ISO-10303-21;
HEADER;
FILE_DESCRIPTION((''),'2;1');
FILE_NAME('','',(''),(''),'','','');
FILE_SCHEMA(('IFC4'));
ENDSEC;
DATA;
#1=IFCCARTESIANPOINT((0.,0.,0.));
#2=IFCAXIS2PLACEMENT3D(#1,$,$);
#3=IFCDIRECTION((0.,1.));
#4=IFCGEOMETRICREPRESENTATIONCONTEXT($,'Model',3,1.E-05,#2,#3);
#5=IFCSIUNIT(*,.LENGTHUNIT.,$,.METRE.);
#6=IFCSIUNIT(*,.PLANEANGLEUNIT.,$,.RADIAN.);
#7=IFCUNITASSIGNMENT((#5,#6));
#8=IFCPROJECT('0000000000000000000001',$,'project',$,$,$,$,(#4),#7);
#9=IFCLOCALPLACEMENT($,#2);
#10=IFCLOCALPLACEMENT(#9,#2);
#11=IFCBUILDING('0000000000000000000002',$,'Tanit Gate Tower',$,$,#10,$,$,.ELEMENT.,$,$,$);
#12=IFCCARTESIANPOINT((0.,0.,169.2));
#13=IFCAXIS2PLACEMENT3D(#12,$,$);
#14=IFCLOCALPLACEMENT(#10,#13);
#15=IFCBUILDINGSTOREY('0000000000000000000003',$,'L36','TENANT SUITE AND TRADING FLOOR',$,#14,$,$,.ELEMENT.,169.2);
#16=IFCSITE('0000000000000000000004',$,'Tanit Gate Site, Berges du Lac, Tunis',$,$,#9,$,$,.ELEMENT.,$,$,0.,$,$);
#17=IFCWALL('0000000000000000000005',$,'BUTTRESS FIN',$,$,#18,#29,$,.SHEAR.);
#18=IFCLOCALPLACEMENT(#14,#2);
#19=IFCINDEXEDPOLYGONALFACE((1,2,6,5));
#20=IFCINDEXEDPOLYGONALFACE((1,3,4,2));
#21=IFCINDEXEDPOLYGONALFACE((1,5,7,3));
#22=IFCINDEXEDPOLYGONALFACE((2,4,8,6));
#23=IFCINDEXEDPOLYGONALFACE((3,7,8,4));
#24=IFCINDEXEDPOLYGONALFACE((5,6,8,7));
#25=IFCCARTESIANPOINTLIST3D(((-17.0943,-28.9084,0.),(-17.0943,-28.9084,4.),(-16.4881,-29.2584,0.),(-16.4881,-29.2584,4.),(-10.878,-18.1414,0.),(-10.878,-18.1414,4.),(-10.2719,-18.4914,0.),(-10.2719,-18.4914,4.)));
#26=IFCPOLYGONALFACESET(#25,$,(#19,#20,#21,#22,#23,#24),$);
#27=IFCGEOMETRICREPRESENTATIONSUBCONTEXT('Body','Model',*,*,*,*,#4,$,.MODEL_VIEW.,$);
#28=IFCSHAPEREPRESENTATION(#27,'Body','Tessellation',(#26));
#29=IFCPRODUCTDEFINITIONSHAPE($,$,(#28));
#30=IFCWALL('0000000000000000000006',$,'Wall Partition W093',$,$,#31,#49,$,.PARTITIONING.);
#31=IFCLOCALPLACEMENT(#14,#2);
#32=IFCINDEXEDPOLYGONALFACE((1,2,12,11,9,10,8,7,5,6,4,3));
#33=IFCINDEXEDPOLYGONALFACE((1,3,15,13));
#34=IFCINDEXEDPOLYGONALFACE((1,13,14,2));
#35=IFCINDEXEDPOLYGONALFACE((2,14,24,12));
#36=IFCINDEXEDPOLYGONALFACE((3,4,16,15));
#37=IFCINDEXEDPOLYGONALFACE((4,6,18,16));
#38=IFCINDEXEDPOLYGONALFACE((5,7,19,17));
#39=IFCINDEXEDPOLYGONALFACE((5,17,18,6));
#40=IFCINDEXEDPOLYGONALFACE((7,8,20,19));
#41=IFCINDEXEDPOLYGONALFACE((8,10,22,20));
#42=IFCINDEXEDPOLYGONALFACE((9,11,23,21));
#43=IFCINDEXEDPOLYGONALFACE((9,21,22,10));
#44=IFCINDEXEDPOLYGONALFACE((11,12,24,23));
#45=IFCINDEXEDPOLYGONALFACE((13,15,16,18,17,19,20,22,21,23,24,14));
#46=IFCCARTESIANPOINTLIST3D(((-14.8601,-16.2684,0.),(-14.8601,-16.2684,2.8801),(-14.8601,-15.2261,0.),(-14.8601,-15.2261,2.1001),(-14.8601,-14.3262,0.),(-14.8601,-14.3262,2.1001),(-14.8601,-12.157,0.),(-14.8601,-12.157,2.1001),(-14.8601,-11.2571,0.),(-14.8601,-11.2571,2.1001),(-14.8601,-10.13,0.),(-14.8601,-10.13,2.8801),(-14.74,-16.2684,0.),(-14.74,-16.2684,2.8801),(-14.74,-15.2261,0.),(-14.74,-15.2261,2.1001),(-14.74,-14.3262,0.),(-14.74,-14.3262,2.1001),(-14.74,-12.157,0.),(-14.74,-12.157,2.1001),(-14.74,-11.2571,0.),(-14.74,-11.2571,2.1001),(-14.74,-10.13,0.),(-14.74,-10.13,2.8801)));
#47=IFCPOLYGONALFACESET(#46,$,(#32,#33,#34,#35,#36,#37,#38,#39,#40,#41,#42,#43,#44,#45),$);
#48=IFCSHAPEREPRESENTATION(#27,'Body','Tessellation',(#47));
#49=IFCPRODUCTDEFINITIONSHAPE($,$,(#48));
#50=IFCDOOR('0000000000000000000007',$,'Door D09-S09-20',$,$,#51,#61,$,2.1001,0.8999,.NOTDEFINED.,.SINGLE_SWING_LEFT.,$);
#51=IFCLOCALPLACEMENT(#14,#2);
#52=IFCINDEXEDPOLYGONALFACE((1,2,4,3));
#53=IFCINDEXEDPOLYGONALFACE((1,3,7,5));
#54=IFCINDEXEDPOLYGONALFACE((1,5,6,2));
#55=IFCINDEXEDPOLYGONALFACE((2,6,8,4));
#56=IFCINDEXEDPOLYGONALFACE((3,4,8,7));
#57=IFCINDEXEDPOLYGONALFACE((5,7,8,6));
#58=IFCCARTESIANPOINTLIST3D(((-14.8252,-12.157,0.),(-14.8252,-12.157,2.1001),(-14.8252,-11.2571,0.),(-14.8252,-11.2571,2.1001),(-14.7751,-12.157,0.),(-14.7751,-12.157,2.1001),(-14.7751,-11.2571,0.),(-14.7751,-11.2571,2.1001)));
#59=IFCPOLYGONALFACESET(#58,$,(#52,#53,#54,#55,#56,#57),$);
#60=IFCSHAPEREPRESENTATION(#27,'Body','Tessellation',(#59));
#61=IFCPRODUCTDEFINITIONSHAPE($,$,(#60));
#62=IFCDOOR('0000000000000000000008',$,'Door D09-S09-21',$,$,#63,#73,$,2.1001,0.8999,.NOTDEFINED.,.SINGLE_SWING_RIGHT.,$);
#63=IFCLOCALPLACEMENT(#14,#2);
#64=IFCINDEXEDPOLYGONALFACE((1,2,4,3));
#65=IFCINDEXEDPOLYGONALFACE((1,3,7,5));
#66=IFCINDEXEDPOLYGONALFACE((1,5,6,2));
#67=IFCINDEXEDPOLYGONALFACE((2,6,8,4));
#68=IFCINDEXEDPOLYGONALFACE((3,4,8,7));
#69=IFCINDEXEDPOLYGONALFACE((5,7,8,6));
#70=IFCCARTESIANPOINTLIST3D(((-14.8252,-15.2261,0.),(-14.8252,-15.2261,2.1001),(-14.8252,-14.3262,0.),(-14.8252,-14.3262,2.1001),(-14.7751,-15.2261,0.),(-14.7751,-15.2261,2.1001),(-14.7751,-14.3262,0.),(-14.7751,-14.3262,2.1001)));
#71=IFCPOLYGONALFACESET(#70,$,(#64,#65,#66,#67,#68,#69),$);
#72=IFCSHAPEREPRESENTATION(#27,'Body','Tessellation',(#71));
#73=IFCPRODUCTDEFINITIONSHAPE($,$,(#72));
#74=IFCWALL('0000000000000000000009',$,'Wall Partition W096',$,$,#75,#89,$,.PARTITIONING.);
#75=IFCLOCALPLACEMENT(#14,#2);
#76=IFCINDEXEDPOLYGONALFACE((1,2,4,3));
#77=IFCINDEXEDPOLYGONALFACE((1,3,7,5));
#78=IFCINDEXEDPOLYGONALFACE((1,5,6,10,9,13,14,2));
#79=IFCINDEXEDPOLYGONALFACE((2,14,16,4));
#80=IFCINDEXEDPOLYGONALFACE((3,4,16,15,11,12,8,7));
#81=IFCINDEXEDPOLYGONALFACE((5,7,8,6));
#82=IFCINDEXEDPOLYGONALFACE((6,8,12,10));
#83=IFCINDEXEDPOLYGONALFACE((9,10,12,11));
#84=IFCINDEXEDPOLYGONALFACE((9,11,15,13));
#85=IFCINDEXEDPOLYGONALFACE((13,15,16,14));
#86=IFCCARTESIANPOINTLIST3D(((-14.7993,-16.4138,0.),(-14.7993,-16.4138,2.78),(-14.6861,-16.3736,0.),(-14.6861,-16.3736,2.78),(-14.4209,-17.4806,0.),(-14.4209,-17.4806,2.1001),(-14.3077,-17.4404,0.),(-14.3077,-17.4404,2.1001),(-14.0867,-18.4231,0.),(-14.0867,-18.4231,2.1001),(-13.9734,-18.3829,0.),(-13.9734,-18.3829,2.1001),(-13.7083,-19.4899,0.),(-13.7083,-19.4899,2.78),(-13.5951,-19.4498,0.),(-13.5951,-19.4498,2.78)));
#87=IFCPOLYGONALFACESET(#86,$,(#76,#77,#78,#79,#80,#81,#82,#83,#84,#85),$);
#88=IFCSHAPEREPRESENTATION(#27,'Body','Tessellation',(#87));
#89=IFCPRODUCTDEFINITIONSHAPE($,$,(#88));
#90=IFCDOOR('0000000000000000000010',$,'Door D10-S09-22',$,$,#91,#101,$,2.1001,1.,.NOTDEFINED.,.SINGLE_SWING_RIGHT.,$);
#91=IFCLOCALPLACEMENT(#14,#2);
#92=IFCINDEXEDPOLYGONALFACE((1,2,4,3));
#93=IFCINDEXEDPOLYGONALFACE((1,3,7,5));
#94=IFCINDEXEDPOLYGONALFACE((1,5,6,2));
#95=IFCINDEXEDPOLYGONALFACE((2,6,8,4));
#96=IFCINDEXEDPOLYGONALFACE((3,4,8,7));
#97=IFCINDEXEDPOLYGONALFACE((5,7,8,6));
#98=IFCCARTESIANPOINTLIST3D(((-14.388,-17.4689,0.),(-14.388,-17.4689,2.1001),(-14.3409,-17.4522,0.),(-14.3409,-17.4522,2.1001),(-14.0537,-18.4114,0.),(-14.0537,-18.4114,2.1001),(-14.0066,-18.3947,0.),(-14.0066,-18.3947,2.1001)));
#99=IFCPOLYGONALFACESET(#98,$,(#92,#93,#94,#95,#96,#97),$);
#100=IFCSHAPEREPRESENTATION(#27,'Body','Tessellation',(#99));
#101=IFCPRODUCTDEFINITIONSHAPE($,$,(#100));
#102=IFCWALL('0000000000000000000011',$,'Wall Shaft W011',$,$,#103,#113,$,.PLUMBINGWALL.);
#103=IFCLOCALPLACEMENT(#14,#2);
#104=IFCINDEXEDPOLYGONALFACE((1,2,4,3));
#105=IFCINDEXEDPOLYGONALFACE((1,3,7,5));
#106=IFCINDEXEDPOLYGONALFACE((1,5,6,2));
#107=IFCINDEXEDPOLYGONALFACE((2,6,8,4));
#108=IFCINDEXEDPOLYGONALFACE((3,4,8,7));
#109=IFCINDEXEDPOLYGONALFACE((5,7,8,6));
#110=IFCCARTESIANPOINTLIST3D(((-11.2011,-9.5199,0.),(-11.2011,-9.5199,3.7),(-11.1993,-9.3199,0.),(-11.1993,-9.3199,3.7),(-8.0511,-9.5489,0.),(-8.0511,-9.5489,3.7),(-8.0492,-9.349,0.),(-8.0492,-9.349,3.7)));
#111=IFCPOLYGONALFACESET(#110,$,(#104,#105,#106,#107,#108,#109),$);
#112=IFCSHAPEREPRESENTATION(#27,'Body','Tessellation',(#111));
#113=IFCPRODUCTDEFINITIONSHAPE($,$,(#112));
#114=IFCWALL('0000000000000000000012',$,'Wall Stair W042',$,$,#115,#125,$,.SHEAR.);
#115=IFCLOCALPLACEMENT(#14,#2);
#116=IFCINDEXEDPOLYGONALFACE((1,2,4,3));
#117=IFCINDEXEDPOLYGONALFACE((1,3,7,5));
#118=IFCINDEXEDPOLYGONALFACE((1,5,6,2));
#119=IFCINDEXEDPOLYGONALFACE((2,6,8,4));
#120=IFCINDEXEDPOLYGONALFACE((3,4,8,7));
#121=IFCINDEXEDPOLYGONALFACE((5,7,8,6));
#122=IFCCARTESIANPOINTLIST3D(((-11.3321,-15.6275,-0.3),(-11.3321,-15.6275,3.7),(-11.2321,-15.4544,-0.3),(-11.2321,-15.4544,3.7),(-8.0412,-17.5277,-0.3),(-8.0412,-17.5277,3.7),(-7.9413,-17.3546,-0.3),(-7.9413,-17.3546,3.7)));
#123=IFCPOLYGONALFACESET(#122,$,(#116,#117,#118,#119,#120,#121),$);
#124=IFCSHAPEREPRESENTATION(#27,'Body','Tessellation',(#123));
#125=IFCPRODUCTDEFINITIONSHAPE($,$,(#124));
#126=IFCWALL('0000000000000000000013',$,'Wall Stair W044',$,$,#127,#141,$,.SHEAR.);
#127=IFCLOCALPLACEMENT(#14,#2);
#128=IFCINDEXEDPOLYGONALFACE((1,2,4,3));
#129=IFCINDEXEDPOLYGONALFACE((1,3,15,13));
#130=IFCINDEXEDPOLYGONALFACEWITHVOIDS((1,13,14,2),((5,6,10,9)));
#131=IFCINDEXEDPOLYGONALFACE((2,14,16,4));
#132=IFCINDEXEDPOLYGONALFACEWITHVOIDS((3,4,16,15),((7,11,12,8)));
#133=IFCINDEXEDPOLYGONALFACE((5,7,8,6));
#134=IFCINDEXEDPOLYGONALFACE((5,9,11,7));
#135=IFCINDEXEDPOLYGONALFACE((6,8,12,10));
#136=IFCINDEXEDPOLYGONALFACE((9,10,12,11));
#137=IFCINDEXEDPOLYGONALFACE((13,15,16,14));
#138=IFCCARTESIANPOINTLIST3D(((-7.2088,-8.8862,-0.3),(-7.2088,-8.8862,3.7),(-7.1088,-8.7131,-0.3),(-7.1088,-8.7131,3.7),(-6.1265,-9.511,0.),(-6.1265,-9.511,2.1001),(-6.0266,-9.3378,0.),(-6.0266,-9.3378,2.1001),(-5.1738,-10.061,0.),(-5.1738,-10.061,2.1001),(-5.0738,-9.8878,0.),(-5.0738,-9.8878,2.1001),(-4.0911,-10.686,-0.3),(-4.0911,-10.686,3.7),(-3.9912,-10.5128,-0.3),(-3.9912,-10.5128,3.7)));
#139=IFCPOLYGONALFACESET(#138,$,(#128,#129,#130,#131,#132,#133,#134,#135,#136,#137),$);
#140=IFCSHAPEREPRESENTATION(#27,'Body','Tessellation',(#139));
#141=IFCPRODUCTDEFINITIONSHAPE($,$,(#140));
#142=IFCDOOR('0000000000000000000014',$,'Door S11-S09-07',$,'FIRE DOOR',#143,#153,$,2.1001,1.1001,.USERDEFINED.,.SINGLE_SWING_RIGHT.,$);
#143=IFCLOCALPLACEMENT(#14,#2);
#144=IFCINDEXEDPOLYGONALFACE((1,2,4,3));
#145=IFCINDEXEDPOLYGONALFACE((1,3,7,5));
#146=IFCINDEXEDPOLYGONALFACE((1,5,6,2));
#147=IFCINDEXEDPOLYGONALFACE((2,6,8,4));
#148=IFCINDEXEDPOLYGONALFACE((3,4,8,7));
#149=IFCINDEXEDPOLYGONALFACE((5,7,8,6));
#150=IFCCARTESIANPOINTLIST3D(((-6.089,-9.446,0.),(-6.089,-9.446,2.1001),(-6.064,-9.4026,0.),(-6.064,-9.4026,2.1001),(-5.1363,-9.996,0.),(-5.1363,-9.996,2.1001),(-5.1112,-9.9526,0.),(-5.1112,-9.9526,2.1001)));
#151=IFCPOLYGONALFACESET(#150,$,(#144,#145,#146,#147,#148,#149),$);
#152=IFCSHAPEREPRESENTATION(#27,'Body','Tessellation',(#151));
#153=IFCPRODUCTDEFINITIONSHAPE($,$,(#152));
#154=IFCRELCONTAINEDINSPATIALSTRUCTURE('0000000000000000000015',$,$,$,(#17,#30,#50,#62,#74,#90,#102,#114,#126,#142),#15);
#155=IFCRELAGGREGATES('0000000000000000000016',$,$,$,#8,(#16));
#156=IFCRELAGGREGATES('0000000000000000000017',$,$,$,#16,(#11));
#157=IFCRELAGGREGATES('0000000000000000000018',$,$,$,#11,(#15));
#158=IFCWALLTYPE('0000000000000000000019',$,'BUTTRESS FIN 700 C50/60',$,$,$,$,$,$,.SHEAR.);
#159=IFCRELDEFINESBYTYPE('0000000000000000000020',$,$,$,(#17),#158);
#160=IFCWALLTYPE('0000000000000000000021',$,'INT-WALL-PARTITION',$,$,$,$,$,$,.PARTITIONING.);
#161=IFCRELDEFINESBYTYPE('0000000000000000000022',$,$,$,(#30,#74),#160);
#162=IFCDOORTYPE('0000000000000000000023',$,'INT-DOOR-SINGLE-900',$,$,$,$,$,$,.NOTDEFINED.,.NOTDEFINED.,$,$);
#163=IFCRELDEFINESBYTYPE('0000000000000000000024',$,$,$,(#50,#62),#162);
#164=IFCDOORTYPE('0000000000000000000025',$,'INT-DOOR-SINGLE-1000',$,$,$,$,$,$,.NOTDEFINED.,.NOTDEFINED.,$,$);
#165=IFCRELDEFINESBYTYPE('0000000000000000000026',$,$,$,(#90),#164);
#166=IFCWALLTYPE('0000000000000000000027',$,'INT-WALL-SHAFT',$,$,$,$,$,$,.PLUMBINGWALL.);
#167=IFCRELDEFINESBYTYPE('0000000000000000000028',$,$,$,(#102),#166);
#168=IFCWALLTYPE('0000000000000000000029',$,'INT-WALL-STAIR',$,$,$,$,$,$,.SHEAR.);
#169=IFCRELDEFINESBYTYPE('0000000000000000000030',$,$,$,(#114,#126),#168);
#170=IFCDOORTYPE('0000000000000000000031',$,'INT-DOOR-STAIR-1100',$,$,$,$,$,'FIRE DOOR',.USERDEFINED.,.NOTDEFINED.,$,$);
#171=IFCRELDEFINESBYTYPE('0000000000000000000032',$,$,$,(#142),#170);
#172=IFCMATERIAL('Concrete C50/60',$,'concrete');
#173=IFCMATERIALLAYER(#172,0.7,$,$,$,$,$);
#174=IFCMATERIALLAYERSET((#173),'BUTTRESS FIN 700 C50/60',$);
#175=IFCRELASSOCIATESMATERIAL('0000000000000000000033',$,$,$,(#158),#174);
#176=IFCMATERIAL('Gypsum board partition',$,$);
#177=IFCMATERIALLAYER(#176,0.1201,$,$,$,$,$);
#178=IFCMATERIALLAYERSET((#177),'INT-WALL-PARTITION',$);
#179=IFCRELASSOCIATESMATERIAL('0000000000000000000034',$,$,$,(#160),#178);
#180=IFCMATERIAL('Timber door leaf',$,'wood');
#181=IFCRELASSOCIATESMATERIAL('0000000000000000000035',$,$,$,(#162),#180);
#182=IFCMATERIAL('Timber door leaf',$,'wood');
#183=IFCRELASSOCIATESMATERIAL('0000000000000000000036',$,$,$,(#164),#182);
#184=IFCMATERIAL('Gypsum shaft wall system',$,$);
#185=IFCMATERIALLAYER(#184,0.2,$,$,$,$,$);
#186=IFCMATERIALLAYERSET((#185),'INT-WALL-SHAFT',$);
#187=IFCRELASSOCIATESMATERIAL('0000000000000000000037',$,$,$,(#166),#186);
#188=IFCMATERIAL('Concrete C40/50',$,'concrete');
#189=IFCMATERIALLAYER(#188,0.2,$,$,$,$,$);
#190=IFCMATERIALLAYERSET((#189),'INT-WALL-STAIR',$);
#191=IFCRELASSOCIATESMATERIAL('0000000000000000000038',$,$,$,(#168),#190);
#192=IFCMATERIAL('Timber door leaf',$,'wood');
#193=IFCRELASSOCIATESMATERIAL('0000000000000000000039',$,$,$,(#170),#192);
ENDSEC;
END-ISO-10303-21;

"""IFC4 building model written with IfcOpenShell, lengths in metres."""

from ifc_helpers import new_model, si_unit, direction, frame, frame_2d, origin, place, context, subcontext, project, spatial, rectangle, extrude, material, layer, layer_set, type_object, element, fill, save


model = new_model("IFC4")

# Units and contexts
model_context = context("Model", 3, precision=1e-05, world=origin(), true_north=direction((0.0, 1.0)))
body_context = subcontext(model_context, "Body", "Model", "MODEL_VIEW")
ifc_project = project(units=[si_unit("LENGTHUNIT", "METRE"), si_unit("PLANEANGLEUNIT", "RADIAN")], contexts=[model_context])

# Site, building, storey
site_placement = place(None, origin())
site = spatial("IfcSite", under=ifc_project, at=site_placement, Name="Tanit Gate Site, Berges du Lac, Tunis", CompositionType="ELEMENT", RefElevation=0.0)
building_placement = place(site_placement, origin())
building = spatial("IfcBuilding", under=site, at=building_placement, Name="Tanit Gate Tower", CompositionType="ELEMENT")
storey_placement = place(building_placement, frame((0.0, 0.0, 169.2)))
storey = spatial("IfcBuildingStorey", under=building, at=storey_placement, Name="L36", Description="TENANT SUITE AND TRADING FLOOR", CompositionType="ELEMENT", Elevation=169.2)

# Wall
ifc_material_1 = material(Name="Concrete C50/60", Category="concrete")
ifc_layer_1 = layer(ifc_material_1, 0.7)
ifc_layer_set_1 = layer_set([ifc_layer_1], Name="BUTTRESS FIN 700 C50/60")
wall_type_1 = type_object("IfcWallType", Name="BUTTRESS FIN 700 C50/60", PredefinedType="SHEAR", material=ifc_layer_set_1)
wall_1_placement = place(storey_placement, frame((-10.575, -18.3164, 0.0), z_axis=(0.0, 0.0, 1.0), x_axis=(-0.499996, -0.866028, 0.0)))
element("IfcWall", 1, at=wall_1_placement, inside=storey, type_object=wall_type_1, Name="BUTTRESS FIN", PredefinedType="SHEAR", context=body_context, shape_type="SweptSolid", body=[
    extrude(rectangle(XDim=12.4326, YDim=0.7, at=frame_2d((6.2163, 0.0))), origin(), (0.0, 0.0, 1.0), 4.0),
])

# Wall, openings, doors
ifc_material_2 = material(Name="Gypsum board partition")
ifc_layer_2 = layer(ifc_material_2, 0.1201)
ifc_layer_set_2 = layer_set([ifc_layer_2], Name="INT-WALL-PARTITION")
wall_type_2 = type_object("IfcWallType", Name="INT-WALL-PARTITION", PredefinedType="PARTITIONING", material=ifc_layer_set_2)
wall_2_placement = place(storey_placement, frame((-14.8, -10.1299, 0.0), z_axis=(0.0, 0.0, 1.0), x_axis=(0.0, -1.0, 0.0)))
wall_2 = element("IfcWall", 2, at=wall_2_placement, inside=storey, type_object=wall_type_2, Name="Wall Partition W093", PredefinedType="PARTITIONING", context=body_context, shape_type="SweptSolid", body=[
    extrude(rectangle(XDim=6.1384, YDim=0.1201, at=frame_2d((3.0693, 0.0))), origin(), (0.0, 0.0, 1.0), 2.8801),
])
opening_1_placement = place(wall_2_placement, frame((1.1272, 0.0, 0.0)))
opening_1 = element("IfcOpeningElement", 3, at=opening_1_placement, cuts=wall_2, PredefinedType="OPENING", context=body_context, shape_type="SweptSolid", body=[
    extrude(rectangle(XDim=0.8999, YDim=2.1001, at=frame_2d((0.45, 1.05))), frame((0.0, 0.0701, 0.0), z_axis=(0.0, -1.0, 0.0), x_axis=(1.0, 0.0, 0.0)), (0.0, 0.0, 1.0), 0.1401),
])
opening_2_placement = place(wall_2_placement, frame((4.1963, 0.0, 0.0)))
opening_2 = element("IfcOpeningElement", 4, at=opening_2_placement, cuts=wall_2, PredefinedType="OPENING", context=body_context, shape_type="SweptSolid", body=[
    extrude(rectangle(XDim=0.8999, YDim=2.1001, at=frame_2d((0.45, 1.05))), frame((0.0, 0.0701, 0.0), z_axis=(0.0, -1.0, 0.0), x_axis=(1.0, 0.0, 0.0)), (0.0, 0.0, 1.0), 0.1401),
])
ifc_material_3 = material(Name="Timber door leaf", Category="wood")
door_type_1 = type_object("IfcDoorType", Name="INT-DOOR-SINGLE-900", OperationType="NOTDEFINED", PredefinedType="NOTDEFINED", material=ifc_material_3)
door_1_placement = place(opening_1_placement, origin())
door_1 = element("IfcDoor", 5, at=door_1_placement, inside=storey, type_object=door_type_1, Name="Door D09-S09-20", OperationType="SINGLE_SWING_LEFT", OverallHeight=2.1001, OverallWidth=0.8999, PredefinedType="NOTDEFINED", context=body_context, shape_type="SweptSolid", body=[
    extrude(rectangle(XDim=0.8999, YDim=2.1001, at=frame_2d((0.45, 1.05))), frame((0.0, 0.0249, 0.0), z_axis=(0.0, -1.0, 0.0), x_axis=(1.0, 0.0, 0.0)), (0.0, 0.0, 1.0), 0.05),
])
fill(opening_1, door_1)
door_2_placement = place(opening_2_placement, origin())
door_2 = element("IfcDoor", 6, at=door_2_placement, inside=storey, type_object=door_type_1, Name="Door D09-S09-21", OperationType="SINGLE_SWING_RIGHT", OverallHeight=2.1001, OverallWidth=0.8999, PredefinedType="NOTDEFINED", context=body_context, shape_type="SweptSolid", body=[
    extrude(rectangle(XDim=0.8999, YDim=2.1001, at=frame_2d((0.45, 1.05))), frame((0.0, 0.0249, 0.0), z_axis=(0.0, -1.0, 0.0), x_axis=(1.0, 0.0, 0.0)), (0.0, 0.0, 1.0), 0.05),
])
fill(opening_2, door_2)

# Wall, opening, door
wall_3_placement = place(storey_placement, frame((-14.7427, -16.3938, 0.0), z_axis=(0.0, 0.0, 1.0), x_axis=(0.334279, -0.942474, 0.0)))
wall_3 = element("IfcWall", 7, at=wall_3_placement, inside=storey, type_object=wall_type_2, Name="Wall Partition W096", PredefinedType="PARTITIONING", context=body_context, shape_type="SweptSolid", body=[
    extrude(rectangle(XDim=3.2639, YDim=0.1201, at=frame_2d((1.6318, 0.0))), origin(), (0.0, 0.0, 1.0), 2.78),
])
opening_3_placement = place(wall_3_placement, frame((1.1318, 0.0, 0.0)))
opening_3 = element("IfcOpeningElement", 8, at=opening_3_placement, cuts=wall_3, PredefinedType="OPENING", context=body_context, shape_type="SweptSolid", body=[
    extrude(rectangle(XDim=1.0, YDim=2.1001, at=frame_2d((0.5, 1.05))), frame((0.0, 0.0701, 0.0), z_axis=(0.0, -1.0, 0.0), x_axis=(1.0, 0.0, 0.0)), (0.0, 0.0, 1.0), 0.1401),
])
ifc_material_4 = material(Name="Timber door leaf", Category="wood")
door_type_2 = type_object("IfcDoorType", Name="INT-DOOR-SINGLE-1000", OperationType="NOTDEFINED", PredefinedType="NOTDEFINED", material=ifc_material_4)
door_3_placement = place(opening_3_placement, origin())
door_3 = element("IfcDoor", 9, at=door_3_placement, inside=storey, type_object=door_type_2, Name="Door D10-S09-22", OperationType="SINGLE_SWING_RIGHT", OverallHeight=2.1001, OverallWidth=1.0, PredefinedType="NOTDEFINED", context=body_context, shape_type="SweptSolid", body=[
    extrude(rectangle(XDim=1.0, YDim=2.1001, at=frame_2d((0.5, 1.05))), frame((0.0, 0.0249, 0.0), z_axis=(0.0, -1.0, 0.0), x_axis=(1.0, 0.0, 0.0)), (0.0, 0.0, 1.0), 0.05),
])
fill(opening_3, door_3)

# Walls
ifc_material_5 = material(Name="Gypsum shaft wall system")
ifc_layer_3 = layer(ifc_material_5, 0.2)
ifc_layer_set_3 = layer_set([ifc_layer_3], Name="INT-WALL-SHAFT")
wall_type_3 = type_object("IfcWallType", Name="INT-WALL-SHAFT", PredefinedType="PLUMBINGWALL", material=ifc_layer_set_3)
wall_4_placement = place(storey_placement, frame((-8.05, -9.449, 0.0), z_axis=(0.0, 0.0, 1.0), x_axis=(-0.999957, 0.009223, 0.0)))
element("IfcWall", 10, at=wall_4_placement, inside=storey, type_object=wall_type_3, Name="Wall Shaft W011", PredefinedType="PLUMBINGWALL", context=body_context, shape_type="SweptSolid", body=[
    extrude(rectangle(XDim=3.1501, YDim=0.2, at=frame_2d((1.5752, 0.0))), origin(), (0.0, 0.0, 1.0), 3.7),
])
ifc_material_6 = material(Name="Concrete C40/50", Category="concrete")
ifc_layer_4 = layer(ifc_material_6, 0.2)
ifc_layer_set_4 = layer_set([ifc_layer_4], Name="INT-WALL-STAIR")
wall_type_4 = type_object("IfcWallType", Name="INT-WALL-STAIR", PredefinedType="SHEAR", material=ifc_layer_set_4)
wall_5_placement = place(storey_placement, frame((-11.282, -15.541, -0.3), z_axis=(0.0, 0.0, 1.0), x_axis=(0.866, -0.500043, 0.0)))
element("IfcWall", 11, at=wall_5_placement, inside=storey, type_object=wall_type_4, Name="Wall Stair W042", PredefinedType="SHEAR", context=body_context, shape_type="SweptSolid", body=[
    extrude(rectangle(XDim=3.8, YDim=0.2, at=frame_2d((1.8999, 0.0))), origin(), (0.0, 0.0, 1.0), 4.0),
])

# Wall, opening, door
wall_6_placement = place(storey_placement, frame((-4.0413, -10.5994, -0.3), z_axis=(0.0, 0.0, 1.0), x_axis=(-0.866048, 0.499961, 0.0)))
wall_6 = element("IfcWall", 12, at=wall_6_placement, inside=storey, type_object=wall_type_4, Name="Wall Stair W044", PredefinedType="SHEAR", context=body_context, shape_type="SweptSolid", body=[
    extrude(rectangle(XDim=3.5999, YDim=0.2, at=frame_2d((1.7998, 0.0))), origin(), (0.0, 0.0, 1.0), 4.0),
])
opening_4_placement = place(wall_6_placement, frame((1.25, 0.0, 0.3)))
opening_4 = element("IfcOpeningElement", 13, at=opening_4_placement, cuts=wall_6, PredefinedType="OPENING", context=body_context, shape_type="SweptSolid", body=[
    extrude(rectangle(XDim=1.1001, YDim=2.1001, at=frame_2d((0.55, 1.05))), frame((0.0, 0.1099, 0.0), z_axis=(0.0, -1.0, 0.0), x_axis=(1.0, 0.0, 0.0)), (0.0, 0.0, 1.0), 0.22),
])
ifc_material_7 = material(Name="Timber door leaf", Category="wood")
door_type_3 = type_object("IfcDoorType", Name="INT-DOOR-STAIR-1100", ElementType="FIRE DOOR", OperationType="NOTDEFINED", PredefinedType="USERDEFINED", material=ifc_material_7)
door_4_placement = place(opening_4_placement, origin())
door_4 = element("IfcDoor", 14, at=door_4_placement, inside=storey, type_object=door_type_3, Name="Door S11-S09-07", ObjectType="FIRE DOOR", OperationType="SINGLE_SWING_RIGHT", OverallHeight=2.1001, OverallWidth=1.1001, PredefinedType="USERDEFINED", context=body_context, shape_type="SweptSolid", body=[
    extrude(rectangle(XDim=1.1001, YDim=2.1001, at=frame_2d((0.55, 1.05))), frame((0.0, 0.0249, 0.0), z_axis=(0.0, -1.0, 0.0), x_axis=(1.0, 0.0, 0.0)), (0.0, 0.0, 1.0), 0.05),
])
fill(opening_4, door_4)

save(model, "model.ifc")
